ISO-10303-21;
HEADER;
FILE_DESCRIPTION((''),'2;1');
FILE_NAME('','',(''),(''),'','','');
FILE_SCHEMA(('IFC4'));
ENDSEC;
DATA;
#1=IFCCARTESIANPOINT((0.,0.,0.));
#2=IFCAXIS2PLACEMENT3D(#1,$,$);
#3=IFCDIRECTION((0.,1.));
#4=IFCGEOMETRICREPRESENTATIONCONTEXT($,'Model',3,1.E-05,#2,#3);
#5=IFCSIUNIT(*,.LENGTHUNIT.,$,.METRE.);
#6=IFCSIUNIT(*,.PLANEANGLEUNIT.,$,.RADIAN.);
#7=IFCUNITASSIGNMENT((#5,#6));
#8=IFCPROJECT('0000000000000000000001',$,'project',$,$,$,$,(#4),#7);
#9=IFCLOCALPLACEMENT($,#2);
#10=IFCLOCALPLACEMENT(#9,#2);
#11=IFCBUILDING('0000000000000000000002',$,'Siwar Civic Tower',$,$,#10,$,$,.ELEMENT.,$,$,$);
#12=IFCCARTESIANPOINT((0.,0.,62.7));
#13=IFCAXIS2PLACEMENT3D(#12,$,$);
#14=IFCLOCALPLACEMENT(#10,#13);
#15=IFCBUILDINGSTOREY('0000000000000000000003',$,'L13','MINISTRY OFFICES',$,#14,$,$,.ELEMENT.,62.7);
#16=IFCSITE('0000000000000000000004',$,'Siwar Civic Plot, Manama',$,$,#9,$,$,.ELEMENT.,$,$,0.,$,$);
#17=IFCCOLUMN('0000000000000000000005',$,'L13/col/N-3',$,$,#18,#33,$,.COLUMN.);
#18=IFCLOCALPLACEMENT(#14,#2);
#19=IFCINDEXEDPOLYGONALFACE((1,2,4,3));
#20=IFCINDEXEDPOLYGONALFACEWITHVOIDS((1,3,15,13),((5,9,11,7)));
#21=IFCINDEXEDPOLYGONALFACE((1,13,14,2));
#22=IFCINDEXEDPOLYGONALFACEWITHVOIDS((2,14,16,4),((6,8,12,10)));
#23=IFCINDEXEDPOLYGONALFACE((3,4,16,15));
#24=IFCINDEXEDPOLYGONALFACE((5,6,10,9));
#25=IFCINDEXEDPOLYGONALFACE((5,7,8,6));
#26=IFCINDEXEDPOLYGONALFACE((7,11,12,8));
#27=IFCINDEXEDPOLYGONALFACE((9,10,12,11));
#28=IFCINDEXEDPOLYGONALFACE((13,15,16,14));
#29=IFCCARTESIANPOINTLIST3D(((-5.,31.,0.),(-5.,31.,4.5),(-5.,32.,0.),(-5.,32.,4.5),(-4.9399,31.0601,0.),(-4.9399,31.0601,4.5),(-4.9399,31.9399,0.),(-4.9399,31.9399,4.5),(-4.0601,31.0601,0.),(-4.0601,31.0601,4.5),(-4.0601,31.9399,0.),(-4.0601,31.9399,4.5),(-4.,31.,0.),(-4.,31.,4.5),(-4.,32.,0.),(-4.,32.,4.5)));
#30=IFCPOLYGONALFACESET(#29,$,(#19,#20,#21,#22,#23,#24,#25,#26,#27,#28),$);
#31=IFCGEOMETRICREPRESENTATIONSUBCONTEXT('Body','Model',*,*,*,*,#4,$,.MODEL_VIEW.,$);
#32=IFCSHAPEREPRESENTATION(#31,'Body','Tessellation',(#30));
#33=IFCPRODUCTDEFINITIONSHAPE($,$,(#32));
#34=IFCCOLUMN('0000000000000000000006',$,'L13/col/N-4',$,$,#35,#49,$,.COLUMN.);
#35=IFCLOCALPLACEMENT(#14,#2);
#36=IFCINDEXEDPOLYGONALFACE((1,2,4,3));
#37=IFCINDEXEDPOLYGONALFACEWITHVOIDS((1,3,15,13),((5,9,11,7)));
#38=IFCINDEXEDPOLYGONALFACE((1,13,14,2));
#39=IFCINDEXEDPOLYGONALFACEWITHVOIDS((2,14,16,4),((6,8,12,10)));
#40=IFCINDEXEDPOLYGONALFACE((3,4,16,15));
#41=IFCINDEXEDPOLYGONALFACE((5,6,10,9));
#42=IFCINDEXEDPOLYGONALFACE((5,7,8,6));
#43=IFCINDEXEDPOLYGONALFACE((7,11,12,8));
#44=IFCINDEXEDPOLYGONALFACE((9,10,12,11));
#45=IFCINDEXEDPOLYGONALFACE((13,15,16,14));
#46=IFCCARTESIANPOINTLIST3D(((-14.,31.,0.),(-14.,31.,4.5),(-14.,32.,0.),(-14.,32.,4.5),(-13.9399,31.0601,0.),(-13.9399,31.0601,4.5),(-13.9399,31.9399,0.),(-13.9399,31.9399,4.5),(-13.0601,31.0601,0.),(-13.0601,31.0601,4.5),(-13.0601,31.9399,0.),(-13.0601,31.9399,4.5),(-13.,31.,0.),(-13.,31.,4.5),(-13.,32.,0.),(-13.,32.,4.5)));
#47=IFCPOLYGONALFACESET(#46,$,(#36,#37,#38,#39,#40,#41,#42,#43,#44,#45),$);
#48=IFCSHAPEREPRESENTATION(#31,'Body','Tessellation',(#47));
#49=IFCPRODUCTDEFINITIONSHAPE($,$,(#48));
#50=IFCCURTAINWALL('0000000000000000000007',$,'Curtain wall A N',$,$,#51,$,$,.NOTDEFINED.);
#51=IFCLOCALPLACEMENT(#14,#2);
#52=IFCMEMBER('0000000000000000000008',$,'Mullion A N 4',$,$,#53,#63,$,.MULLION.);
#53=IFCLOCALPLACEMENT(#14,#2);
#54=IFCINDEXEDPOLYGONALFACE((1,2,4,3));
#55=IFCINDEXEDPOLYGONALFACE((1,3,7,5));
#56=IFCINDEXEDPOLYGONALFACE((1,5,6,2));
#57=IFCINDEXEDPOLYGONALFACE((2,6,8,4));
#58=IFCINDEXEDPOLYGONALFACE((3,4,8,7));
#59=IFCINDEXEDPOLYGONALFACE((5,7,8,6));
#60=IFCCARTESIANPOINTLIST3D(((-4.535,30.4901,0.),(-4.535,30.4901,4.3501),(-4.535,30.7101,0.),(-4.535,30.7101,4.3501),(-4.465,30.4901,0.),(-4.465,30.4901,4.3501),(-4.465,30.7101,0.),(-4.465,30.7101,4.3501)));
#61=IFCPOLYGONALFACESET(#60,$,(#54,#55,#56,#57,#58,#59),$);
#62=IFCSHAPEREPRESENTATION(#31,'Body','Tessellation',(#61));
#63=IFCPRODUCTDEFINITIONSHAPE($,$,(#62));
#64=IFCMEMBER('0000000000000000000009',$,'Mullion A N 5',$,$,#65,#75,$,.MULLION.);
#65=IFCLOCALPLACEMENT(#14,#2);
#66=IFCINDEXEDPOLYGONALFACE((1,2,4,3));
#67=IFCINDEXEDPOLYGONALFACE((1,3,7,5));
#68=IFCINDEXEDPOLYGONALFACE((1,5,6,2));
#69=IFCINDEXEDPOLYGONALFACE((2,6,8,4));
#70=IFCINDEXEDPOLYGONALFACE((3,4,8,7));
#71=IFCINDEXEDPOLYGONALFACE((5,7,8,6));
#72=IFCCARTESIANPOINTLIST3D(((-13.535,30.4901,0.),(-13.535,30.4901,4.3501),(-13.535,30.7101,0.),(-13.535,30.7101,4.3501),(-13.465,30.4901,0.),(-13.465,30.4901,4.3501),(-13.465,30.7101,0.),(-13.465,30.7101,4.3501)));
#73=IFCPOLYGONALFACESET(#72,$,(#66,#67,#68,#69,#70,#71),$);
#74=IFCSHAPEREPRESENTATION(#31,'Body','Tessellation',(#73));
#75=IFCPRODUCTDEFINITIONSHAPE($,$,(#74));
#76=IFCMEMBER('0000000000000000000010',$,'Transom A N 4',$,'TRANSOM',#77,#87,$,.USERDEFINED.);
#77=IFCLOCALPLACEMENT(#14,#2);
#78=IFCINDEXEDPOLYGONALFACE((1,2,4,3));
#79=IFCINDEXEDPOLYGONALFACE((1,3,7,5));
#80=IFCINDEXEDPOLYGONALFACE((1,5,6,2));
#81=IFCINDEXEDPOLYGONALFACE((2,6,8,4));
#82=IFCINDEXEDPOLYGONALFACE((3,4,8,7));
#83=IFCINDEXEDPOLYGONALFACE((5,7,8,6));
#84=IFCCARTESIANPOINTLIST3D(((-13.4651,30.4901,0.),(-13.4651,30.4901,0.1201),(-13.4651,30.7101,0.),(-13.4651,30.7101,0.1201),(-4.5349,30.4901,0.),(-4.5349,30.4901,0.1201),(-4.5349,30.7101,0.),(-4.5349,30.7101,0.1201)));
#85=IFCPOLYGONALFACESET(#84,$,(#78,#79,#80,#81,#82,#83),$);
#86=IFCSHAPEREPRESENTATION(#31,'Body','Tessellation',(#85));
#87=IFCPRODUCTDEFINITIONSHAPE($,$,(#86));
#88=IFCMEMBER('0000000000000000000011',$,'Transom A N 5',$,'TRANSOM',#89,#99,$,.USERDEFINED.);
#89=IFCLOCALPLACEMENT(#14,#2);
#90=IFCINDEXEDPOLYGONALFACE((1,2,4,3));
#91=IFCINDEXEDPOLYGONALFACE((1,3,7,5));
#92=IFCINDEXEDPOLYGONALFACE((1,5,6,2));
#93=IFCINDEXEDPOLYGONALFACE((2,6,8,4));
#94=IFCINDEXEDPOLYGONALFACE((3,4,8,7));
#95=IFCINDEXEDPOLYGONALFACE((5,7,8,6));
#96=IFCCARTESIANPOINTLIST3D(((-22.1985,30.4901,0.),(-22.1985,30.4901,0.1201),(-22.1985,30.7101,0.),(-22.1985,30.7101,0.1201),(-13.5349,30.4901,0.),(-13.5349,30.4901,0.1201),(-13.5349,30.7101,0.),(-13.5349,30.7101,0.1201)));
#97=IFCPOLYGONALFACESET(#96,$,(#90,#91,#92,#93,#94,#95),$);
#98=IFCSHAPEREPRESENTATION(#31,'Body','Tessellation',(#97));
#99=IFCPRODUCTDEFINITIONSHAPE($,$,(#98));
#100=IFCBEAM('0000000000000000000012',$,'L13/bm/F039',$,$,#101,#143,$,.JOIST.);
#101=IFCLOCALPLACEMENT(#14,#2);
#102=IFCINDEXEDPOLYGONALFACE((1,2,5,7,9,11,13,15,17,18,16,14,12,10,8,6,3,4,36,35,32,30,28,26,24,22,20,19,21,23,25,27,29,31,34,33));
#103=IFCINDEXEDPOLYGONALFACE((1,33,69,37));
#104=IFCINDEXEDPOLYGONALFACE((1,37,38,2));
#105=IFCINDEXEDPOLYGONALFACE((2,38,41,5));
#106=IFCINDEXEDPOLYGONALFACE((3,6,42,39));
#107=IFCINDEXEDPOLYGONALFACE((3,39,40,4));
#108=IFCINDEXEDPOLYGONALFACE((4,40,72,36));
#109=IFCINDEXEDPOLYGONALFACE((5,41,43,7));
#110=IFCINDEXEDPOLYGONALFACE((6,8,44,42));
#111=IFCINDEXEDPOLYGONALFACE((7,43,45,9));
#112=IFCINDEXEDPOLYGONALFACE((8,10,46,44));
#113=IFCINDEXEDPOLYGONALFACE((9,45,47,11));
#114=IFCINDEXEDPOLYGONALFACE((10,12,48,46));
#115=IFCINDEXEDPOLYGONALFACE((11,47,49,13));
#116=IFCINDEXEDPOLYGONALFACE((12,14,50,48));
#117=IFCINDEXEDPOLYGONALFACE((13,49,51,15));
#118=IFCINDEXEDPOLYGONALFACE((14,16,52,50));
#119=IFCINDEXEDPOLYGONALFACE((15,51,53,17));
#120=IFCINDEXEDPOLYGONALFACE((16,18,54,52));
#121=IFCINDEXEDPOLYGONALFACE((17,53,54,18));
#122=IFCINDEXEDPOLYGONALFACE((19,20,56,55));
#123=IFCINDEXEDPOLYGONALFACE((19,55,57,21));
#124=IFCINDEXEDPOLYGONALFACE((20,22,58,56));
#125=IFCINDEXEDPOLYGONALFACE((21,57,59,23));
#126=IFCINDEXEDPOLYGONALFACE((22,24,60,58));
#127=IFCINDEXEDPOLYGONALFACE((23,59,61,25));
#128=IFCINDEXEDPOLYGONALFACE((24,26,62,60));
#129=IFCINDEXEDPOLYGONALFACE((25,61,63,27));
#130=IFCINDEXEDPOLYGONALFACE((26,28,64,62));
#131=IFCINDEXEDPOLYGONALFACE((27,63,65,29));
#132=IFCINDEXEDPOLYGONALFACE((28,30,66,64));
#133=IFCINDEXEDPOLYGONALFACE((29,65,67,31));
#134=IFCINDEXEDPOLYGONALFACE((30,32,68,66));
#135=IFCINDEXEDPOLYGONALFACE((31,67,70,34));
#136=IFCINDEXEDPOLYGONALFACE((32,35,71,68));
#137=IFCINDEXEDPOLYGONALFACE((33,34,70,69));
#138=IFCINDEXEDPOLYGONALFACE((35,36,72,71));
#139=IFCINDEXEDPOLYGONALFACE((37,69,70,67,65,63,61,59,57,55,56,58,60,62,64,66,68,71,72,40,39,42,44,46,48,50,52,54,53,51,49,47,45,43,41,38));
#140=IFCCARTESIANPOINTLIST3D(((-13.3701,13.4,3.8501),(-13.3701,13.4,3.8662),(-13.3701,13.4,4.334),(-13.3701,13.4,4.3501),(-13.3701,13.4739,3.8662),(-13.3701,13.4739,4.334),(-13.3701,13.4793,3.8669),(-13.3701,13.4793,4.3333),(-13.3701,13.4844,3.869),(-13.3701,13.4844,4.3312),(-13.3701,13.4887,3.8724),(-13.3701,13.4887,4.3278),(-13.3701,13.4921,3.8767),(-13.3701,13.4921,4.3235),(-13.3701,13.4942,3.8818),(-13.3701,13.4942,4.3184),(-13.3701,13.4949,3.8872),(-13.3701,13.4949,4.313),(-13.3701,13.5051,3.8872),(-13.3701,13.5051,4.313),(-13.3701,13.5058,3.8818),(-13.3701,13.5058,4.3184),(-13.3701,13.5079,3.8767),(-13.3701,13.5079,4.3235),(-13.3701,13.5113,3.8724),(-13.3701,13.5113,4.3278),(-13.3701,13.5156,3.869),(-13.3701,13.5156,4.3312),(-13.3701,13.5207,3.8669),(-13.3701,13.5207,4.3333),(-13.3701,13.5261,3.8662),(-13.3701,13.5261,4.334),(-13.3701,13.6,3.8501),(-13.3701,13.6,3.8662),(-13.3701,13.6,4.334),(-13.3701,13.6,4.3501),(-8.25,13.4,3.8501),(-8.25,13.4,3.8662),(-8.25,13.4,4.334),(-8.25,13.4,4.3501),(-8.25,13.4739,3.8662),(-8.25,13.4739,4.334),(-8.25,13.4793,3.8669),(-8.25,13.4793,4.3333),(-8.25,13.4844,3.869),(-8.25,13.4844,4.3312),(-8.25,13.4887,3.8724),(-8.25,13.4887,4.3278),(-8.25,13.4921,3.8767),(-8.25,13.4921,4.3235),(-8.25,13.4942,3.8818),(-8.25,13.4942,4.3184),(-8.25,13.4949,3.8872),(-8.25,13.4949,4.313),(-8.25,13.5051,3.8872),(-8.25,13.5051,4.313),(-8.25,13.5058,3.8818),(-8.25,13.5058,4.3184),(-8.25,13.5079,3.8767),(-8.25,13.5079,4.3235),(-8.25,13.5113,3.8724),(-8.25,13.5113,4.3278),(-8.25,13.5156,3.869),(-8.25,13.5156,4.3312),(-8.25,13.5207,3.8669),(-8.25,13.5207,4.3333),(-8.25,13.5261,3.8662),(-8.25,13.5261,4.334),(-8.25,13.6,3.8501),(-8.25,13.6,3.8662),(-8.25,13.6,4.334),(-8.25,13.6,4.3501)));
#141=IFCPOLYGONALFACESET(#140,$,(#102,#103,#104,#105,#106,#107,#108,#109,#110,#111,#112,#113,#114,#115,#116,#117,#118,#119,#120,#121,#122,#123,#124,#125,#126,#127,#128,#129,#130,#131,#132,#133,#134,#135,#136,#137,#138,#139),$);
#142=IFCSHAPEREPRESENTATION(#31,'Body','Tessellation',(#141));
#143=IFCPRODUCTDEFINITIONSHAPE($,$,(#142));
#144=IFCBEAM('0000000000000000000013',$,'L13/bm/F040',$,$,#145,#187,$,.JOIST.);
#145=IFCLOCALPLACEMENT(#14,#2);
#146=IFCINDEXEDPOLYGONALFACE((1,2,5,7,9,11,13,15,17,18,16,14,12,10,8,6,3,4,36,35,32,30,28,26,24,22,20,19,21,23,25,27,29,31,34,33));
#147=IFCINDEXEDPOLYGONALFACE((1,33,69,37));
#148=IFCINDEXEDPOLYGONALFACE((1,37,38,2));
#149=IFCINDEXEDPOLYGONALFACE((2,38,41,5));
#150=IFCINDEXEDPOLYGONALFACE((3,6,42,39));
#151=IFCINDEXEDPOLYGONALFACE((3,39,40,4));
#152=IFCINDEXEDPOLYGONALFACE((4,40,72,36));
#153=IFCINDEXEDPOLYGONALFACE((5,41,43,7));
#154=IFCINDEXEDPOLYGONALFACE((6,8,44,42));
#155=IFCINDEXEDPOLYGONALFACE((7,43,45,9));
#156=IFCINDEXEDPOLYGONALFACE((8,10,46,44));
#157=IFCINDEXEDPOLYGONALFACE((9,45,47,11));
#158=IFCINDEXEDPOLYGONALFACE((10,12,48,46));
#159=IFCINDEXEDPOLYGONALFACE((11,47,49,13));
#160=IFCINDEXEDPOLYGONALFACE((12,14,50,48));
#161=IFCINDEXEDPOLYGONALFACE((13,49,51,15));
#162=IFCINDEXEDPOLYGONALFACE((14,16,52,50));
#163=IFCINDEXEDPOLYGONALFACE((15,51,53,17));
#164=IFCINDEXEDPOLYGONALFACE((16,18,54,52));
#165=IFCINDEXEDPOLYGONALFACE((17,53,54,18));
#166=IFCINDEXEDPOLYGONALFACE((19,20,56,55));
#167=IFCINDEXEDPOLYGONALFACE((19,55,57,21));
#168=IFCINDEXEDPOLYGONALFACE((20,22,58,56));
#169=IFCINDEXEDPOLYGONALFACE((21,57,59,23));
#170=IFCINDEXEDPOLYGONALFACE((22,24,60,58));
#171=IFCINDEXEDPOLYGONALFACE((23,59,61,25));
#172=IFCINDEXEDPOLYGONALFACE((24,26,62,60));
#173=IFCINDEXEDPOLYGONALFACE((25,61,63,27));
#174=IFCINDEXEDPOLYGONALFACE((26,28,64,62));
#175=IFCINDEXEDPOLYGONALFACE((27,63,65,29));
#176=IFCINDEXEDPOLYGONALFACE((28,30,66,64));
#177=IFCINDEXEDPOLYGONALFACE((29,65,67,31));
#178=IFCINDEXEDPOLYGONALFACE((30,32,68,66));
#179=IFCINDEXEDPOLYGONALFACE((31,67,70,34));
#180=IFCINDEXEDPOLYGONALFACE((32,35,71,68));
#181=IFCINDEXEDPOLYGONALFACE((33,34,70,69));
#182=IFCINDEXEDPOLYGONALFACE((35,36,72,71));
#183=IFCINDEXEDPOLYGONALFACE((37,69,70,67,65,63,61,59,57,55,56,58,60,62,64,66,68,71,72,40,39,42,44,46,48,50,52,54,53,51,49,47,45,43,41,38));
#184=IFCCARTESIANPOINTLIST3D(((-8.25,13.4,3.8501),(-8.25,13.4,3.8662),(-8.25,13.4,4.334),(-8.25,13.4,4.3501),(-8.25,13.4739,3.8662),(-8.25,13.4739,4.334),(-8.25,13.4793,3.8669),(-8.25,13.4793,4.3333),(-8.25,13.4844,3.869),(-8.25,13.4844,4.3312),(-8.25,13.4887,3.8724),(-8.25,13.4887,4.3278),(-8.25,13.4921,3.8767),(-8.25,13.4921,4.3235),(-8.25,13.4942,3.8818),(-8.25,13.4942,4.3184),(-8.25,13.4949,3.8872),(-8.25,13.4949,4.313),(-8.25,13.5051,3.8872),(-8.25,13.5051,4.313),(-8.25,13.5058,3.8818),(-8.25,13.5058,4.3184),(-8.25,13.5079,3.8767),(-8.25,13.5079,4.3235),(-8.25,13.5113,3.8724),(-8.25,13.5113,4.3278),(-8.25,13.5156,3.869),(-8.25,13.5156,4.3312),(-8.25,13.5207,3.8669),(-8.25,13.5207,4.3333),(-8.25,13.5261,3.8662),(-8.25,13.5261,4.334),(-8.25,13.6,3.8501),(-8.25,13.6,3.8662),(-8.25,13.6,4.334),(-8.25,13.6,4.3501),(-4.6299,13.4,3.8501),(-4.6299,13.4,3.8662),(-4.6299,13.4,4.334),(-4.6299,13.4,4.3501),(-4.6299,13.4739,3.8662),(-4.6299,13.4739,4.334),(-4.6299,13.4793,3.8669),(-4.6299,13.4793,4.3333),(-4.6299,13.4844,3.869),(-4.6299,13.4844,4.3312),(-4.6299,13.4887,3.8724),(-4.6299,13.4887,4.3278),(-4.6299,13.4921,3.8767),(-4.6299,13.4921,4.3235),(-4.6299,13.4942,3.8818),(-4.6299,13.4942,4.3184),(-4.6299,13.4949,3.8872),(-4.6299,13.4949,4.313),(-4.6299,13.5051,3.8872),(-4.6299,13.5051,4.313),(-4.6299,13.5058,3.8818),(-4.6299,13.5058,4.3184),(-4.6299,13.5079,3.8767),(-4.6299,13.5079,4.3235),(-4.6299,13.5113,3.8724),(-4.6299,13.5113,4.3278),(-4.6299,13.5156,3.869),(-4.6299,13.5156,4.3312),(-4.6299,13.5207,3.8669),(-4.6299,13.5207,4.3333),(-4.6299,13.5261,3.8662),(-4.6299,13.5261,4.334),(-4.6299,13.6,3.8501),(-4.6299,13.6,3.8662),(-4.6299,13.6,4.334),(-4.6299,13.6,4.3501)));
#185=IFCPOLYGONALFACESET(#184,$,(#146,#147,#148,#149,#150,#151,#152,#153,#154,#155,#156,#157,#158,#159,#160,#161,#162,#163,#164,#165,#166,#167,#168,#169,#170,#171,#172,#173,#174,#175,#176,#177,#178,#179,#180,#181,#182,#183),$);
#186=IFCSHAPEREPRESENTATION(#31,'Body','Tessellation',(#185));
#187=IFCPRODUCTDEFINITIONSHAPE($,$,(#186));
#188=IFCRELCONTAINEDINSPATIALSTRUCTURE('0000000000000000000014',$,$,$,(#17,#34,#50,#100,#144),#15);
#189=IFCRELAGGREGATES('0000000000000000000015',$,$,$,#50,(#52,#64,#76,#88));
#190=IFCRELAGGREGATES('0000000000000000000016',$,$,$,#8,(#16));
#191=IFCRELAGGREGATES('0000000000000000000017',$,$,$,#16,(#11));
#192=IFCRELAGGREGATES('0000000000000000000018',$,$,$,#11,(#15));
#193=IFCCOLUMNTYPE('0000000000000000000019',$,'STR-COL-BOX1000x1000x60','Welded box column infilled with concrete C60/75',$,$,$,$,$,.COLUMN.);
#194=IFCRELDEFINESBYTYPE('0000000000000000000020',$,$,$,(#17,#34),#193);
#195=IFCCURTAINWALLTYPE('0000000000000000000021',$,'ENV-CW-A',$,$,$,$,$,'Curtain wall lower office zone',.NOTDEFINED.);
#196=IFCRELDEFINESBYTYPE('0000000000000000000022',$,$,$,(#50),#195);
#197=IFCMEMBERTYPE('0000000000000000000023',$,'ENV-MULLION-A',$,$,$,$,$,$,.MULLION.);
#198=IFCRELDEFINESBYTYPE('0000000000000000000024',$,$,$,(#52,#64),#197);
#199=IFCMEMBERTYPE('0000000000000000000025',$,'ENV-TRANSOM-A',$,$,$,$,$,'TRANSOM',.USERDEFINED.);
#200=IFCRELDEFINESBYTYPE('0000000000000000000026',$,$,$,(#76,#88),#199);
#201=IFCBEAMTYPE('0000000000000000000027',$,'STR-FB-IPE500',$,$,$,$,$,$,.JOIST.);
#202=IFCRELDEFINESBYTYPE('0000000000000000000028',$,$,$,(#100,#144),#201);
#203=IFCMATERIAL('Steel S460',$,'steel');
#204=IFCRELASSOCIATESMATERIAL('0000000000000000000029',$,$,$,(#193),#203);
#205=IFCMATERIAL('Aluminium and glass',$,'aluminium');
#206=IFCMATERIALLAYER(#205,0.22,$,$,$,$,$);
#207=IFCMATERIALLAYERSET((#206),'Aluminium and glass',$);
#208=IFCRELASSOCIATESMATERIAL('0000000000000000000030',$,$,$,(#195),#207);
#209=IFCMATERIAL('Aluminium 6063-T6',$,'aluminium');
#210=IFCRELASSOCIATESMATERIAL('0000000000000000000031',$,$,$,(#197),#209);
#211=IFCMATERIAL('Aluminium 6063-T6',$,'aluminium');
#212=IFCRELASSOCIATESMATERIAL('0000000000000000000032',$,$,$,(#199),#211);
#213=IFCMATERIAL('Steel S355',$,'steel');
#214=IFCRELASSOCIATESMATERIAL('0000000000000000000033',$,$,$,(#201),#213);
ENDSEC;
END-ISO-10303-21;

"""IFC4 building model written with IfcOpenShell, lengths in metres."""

from ifc_helpers import new_model, si_unit, direction, frame, origin, origin_2d, place, context, subcontext, project, spatial, rectangle, hollow_rectangle, i_section, extrude, material, layer, layer_set, material_profile, profile_set, type_object, element, aggregate, save


model = new_model("IFC4")

# Units and contexts
model_context = context("Model", 3, precision=1e-05, world=origin(), true_north=direction((0.0, 1.0)))
body_context = subcontext(model_context, "Body", "Model", "MODEL_VIEW")
ifc_project = project(units=[si_unit("LENGTHUNIT", "METRE"), si_unit("PLANEANGLEUNIT", "RADIAN")], contexts=[model_context])

# Site, building, storey
site_placement = place(None, origin())
site = spatial("IfcSite", under=ifc_project, at=site_placement, Name="Siwar Civic Plot, Manama", CompositionType="ELEMENT", RefElevation=0.0)
building_placement = place(site_placement, origin())
building = spatial("IfcBuilding", under=site, at=building_placement, Name="Siwar Civic Tower", CompositionType="ELEMENT")
storey_placement = place(building_placement, frame((0.0, 0.0, 62.7)))
storey = spatial("IfcBuildingStorey", under=building, at=storey_placement, Name="L13", Description="MINISTRY OFFICES", CompositionType="ELEMENT", Elevation=62.7)

# Columns
ifc_material_1 = material(Name="Steel S460", Category="steel")
ifc_material_profile_1 = material_profile(ifc_material_1, hollow_rectangle(XDim=1.0, YDim=1.0, WallThickness=0.0601, at=origin_2d()), Name="BOX1000x1000x60")
ifc_profile_set_1 = profile_set([ifc_material_profile_1], Name="Steel S460")
column_type = type_object("IfcColumnType", Name="STR-COL-BOX1000x1000x60", Description="Welded box column infilled with concrete C60/75", PredefinedType="COLUMN", material=ifc_profile_set_1)
for number, where, z_axis, x_axis, name in (
    (1, (-4.5, 31.5, 0.0), (0.0, 0.0, 1.0), (1.0, 0.0, 0.0), "L13/col/N-3"),
    (2, (-13.5, 31.5, 0.0), (0.0, 0.0, 1.0), (1.0, 0.0, 0.0), "L13/col/N-4"),
):
    element("IfcColumn", number, at=place(storey_placement, frame(where, z_axis=z_axis, x_axis=x_axis)), inside=storey, type_object=column_type, Name=name, PredefinedType="COLUMN", context=body_context, shape_type="SweptSolid", body=[
        extrude(hollow_rectangle(XDim=1.0, YDim=1.0, WallThickness=0.0601, at=origin_2d()), origin(), (0.0, 0.0, 1.0), 4.5),
    ])

# Curtain wall, members
ifc_material_2 = material(Name="Aluminium and glass", Category="aluminium")
ifc_layer_1 = layer(ifc_material_2, 0.22)
ifc_layer_set_1 = layer_set([ifc_layer_1], Name="Aluminium and glass")
curtain_wall_type = type_object("IfcCurtainWallType", Name="ENV-CW-A", ElementType="Curtain wall lower office zone", PredefinedType="NOTDEFINED", material=ifc_layer_set_1)
curtain_wall_placement = place(storey_placement, origin())
curtain_wall = element("IfcCurtainWall", 3, at=curtain_wall_placement, inside=storey, type_object=curtain_wall_type, Name="Curtain wall A N", PredefinedType="NOTDEFINED")
ifc_material_3 = material(Name="Aluminium 6063-T6", Category="aluminium")
ifc_material_profile_2 = material_profile(ifc_material_3, rectangle(XDim=0.22, YDim=0.0701, at=origin_2d()), Name="AL 220x70")
ifc_profile_set_2 = profile_set([ifc_material_profile_2], Name="Aluminium 6063-T6")
member_type_1 = type_object("IfcMemberType", Name="ENV-MULLION-A", PredefinedType="MULLION", material=ifc_profile_set_2)
member_1_placement = place(storey_placement, frame((-4.5, 30.6001, 0.0), z_axis=(0.0, 0.0, 1.0), x_axis=(0.0, -1.0, 0.0)))
member_1 = element("IfcMember", 4, at=member_1_placement, type_object=member_type_1, Name="Mullion A N 4", PredefinedType="MULLION", context=body_context, shape_type="SweptSolid", body=[
    extrude(rectangle(XDim=0.22, YDim=0.0701, at=origin_2d()), origin(), (0.0, 0.0, 1.0), 4.3501),
])
member_2_placement = place(storey_placement, frame((-13.5, 30.6001, 0.0), z_axis=(0.0, 0.0, 1.0), x_axis=(0.0, -1.0, 0.0)))
member_2 = element("IfcMember", 5, at=member_2_placement, type_object=member_type_1, Name="Mullion A N 5", PredefinedType="MULLION", context=body_context, shape_type="SweptSolid", body=[
    extrude(rectangle(XDim=0.22, YDim=0.0701, at=origin_2d()), origin(), (0.0, 0.0, 1.0), 4.3501),
])
ifc_material_4 = material(Name="Aluminium 6063-T6", Category="aluminium")
ifc_material_profile_3 = material_profile(ifc_material_4, rectangle(XDim=0.22, YDim=0.1201, at=origin_2d()), Name="AL 220x120")
ifc_profile_set_3 = profile_set([ifc_material_profile_3], Name="Aluminium 6063-T6")
member_type_2 = type_object("IfcMemberType", Name="ENV-TRANSOM-A", ElementType="TRANSOM", PredefinedType="USERDEFINED", material=ifc_profile_set_3)
member_3_placement = place(storey_placement, frame((-4.5349, 30.6001, 0.0601), z_axis=(-1.0, 0.0, 0.0), x_axis=(0.0, -1.0, 0.0)))
member_3 = element("IfcMember", 6, at=member_3_placement, type_object=member_type_2, Name="Transom A N 4", ObjectType="TRANSOM", PredefinedType="USERDEFINED", context=body_context, shape_type="SweptSolid", body=[
    extrude(rectangle(XDim=0.22, YDim=0.1201, at=origin_2d()), origin(), (0.0, 0.0, 1.0), 8.9302),
])
member_4_placement = place(storey_placement, frame((-13.5349, 30.6001, 0.0601), z_axis=(-1.0, 0.0, 0.0), x_axis=(0.0, -1.0, 0.0)))
member_4 = element("IfcMember", 7, at=member_4_placement, type_object=member_type_2, Name="Transom A N 5", ObjectType="TRANSOM", PredefinedType="USERDEFINED", context=body_context, shape_type="SweptSolid", body=[
    extrude(rectangle(XDim=0.22, YDim=0.1201, at=origin_2d()), origin(), (0.0, 0.0, 1.0), 8.6636),
])

# Beams
ifc_material_5 = material(Name="Steel S355", Category="steel")
ifc_material_profile_4 = material_profile(ifc_material_5, i_section(OverallWidth=0.2, OverallDepth=0.5, WebThickness=0.0103, FlangeThickness=0.0161, FilletRadius=0.021, at=origin_2d()), Name="IPE500")
ifc_profile_set_4 = profile_set([ifc_material_profile_4], Name="Steel S355")
beam_type_1 = type_object("IfcBeamType", Name="STR-FB-IPE500", PredefinedType="JOIST", material=ifc_profile_set_4)
beam_1_placement = place(storey_placement, frame((-13.3701, 13.5, 4.1001), z_axis=(1.0, 0.0, 0.0), x_axis=(0.0, 1.0, 0.0)))
element("IfcBeam", 8, at=beam_1_placement, inside=storey, type_object=beam_type_1, Name="L13/bm/F039", PredefinedType="JOIST", context=body_context, shape_type="SweptSolid", body=[
    extrude(i_section(OverallWidth=0.2, OverallDepth=0.5, WebThickness=0.0103, FlangeThickness=0.0161, FilletRadius=0.021, at=origin_2d()), origin(), (0.0, 0.0, 1.0), 5.1201),
])
beam_2_placement = place(storey_placement, frame((-8.25, 13.5, 4.1001), z_axis=(1.0, 0.0, 0.0), x_axis=(0.0, 1.0, 0.0)))
element("IfcBeam", 9, at=beam_2_placement, inside=storey, type_object=beam_type_1, Name="L13/bm/F040", PredefinedType="JOIST", context=body_context, shape_type="SweptSolid", body=[
    extrude(i_section(OverallWidth=0.2, OverallDepth=0.5, WebThickness=0.0103, FlangeThickness=0.0161, FilletRadius=0.021, at=origin_2d()), origin(), (0.0, 0.0, 1.0), 3.6201),
])

aggregate(curtain_wall, [member_1, member_2, member_3, member_4])

save(model, "model.ifc")
